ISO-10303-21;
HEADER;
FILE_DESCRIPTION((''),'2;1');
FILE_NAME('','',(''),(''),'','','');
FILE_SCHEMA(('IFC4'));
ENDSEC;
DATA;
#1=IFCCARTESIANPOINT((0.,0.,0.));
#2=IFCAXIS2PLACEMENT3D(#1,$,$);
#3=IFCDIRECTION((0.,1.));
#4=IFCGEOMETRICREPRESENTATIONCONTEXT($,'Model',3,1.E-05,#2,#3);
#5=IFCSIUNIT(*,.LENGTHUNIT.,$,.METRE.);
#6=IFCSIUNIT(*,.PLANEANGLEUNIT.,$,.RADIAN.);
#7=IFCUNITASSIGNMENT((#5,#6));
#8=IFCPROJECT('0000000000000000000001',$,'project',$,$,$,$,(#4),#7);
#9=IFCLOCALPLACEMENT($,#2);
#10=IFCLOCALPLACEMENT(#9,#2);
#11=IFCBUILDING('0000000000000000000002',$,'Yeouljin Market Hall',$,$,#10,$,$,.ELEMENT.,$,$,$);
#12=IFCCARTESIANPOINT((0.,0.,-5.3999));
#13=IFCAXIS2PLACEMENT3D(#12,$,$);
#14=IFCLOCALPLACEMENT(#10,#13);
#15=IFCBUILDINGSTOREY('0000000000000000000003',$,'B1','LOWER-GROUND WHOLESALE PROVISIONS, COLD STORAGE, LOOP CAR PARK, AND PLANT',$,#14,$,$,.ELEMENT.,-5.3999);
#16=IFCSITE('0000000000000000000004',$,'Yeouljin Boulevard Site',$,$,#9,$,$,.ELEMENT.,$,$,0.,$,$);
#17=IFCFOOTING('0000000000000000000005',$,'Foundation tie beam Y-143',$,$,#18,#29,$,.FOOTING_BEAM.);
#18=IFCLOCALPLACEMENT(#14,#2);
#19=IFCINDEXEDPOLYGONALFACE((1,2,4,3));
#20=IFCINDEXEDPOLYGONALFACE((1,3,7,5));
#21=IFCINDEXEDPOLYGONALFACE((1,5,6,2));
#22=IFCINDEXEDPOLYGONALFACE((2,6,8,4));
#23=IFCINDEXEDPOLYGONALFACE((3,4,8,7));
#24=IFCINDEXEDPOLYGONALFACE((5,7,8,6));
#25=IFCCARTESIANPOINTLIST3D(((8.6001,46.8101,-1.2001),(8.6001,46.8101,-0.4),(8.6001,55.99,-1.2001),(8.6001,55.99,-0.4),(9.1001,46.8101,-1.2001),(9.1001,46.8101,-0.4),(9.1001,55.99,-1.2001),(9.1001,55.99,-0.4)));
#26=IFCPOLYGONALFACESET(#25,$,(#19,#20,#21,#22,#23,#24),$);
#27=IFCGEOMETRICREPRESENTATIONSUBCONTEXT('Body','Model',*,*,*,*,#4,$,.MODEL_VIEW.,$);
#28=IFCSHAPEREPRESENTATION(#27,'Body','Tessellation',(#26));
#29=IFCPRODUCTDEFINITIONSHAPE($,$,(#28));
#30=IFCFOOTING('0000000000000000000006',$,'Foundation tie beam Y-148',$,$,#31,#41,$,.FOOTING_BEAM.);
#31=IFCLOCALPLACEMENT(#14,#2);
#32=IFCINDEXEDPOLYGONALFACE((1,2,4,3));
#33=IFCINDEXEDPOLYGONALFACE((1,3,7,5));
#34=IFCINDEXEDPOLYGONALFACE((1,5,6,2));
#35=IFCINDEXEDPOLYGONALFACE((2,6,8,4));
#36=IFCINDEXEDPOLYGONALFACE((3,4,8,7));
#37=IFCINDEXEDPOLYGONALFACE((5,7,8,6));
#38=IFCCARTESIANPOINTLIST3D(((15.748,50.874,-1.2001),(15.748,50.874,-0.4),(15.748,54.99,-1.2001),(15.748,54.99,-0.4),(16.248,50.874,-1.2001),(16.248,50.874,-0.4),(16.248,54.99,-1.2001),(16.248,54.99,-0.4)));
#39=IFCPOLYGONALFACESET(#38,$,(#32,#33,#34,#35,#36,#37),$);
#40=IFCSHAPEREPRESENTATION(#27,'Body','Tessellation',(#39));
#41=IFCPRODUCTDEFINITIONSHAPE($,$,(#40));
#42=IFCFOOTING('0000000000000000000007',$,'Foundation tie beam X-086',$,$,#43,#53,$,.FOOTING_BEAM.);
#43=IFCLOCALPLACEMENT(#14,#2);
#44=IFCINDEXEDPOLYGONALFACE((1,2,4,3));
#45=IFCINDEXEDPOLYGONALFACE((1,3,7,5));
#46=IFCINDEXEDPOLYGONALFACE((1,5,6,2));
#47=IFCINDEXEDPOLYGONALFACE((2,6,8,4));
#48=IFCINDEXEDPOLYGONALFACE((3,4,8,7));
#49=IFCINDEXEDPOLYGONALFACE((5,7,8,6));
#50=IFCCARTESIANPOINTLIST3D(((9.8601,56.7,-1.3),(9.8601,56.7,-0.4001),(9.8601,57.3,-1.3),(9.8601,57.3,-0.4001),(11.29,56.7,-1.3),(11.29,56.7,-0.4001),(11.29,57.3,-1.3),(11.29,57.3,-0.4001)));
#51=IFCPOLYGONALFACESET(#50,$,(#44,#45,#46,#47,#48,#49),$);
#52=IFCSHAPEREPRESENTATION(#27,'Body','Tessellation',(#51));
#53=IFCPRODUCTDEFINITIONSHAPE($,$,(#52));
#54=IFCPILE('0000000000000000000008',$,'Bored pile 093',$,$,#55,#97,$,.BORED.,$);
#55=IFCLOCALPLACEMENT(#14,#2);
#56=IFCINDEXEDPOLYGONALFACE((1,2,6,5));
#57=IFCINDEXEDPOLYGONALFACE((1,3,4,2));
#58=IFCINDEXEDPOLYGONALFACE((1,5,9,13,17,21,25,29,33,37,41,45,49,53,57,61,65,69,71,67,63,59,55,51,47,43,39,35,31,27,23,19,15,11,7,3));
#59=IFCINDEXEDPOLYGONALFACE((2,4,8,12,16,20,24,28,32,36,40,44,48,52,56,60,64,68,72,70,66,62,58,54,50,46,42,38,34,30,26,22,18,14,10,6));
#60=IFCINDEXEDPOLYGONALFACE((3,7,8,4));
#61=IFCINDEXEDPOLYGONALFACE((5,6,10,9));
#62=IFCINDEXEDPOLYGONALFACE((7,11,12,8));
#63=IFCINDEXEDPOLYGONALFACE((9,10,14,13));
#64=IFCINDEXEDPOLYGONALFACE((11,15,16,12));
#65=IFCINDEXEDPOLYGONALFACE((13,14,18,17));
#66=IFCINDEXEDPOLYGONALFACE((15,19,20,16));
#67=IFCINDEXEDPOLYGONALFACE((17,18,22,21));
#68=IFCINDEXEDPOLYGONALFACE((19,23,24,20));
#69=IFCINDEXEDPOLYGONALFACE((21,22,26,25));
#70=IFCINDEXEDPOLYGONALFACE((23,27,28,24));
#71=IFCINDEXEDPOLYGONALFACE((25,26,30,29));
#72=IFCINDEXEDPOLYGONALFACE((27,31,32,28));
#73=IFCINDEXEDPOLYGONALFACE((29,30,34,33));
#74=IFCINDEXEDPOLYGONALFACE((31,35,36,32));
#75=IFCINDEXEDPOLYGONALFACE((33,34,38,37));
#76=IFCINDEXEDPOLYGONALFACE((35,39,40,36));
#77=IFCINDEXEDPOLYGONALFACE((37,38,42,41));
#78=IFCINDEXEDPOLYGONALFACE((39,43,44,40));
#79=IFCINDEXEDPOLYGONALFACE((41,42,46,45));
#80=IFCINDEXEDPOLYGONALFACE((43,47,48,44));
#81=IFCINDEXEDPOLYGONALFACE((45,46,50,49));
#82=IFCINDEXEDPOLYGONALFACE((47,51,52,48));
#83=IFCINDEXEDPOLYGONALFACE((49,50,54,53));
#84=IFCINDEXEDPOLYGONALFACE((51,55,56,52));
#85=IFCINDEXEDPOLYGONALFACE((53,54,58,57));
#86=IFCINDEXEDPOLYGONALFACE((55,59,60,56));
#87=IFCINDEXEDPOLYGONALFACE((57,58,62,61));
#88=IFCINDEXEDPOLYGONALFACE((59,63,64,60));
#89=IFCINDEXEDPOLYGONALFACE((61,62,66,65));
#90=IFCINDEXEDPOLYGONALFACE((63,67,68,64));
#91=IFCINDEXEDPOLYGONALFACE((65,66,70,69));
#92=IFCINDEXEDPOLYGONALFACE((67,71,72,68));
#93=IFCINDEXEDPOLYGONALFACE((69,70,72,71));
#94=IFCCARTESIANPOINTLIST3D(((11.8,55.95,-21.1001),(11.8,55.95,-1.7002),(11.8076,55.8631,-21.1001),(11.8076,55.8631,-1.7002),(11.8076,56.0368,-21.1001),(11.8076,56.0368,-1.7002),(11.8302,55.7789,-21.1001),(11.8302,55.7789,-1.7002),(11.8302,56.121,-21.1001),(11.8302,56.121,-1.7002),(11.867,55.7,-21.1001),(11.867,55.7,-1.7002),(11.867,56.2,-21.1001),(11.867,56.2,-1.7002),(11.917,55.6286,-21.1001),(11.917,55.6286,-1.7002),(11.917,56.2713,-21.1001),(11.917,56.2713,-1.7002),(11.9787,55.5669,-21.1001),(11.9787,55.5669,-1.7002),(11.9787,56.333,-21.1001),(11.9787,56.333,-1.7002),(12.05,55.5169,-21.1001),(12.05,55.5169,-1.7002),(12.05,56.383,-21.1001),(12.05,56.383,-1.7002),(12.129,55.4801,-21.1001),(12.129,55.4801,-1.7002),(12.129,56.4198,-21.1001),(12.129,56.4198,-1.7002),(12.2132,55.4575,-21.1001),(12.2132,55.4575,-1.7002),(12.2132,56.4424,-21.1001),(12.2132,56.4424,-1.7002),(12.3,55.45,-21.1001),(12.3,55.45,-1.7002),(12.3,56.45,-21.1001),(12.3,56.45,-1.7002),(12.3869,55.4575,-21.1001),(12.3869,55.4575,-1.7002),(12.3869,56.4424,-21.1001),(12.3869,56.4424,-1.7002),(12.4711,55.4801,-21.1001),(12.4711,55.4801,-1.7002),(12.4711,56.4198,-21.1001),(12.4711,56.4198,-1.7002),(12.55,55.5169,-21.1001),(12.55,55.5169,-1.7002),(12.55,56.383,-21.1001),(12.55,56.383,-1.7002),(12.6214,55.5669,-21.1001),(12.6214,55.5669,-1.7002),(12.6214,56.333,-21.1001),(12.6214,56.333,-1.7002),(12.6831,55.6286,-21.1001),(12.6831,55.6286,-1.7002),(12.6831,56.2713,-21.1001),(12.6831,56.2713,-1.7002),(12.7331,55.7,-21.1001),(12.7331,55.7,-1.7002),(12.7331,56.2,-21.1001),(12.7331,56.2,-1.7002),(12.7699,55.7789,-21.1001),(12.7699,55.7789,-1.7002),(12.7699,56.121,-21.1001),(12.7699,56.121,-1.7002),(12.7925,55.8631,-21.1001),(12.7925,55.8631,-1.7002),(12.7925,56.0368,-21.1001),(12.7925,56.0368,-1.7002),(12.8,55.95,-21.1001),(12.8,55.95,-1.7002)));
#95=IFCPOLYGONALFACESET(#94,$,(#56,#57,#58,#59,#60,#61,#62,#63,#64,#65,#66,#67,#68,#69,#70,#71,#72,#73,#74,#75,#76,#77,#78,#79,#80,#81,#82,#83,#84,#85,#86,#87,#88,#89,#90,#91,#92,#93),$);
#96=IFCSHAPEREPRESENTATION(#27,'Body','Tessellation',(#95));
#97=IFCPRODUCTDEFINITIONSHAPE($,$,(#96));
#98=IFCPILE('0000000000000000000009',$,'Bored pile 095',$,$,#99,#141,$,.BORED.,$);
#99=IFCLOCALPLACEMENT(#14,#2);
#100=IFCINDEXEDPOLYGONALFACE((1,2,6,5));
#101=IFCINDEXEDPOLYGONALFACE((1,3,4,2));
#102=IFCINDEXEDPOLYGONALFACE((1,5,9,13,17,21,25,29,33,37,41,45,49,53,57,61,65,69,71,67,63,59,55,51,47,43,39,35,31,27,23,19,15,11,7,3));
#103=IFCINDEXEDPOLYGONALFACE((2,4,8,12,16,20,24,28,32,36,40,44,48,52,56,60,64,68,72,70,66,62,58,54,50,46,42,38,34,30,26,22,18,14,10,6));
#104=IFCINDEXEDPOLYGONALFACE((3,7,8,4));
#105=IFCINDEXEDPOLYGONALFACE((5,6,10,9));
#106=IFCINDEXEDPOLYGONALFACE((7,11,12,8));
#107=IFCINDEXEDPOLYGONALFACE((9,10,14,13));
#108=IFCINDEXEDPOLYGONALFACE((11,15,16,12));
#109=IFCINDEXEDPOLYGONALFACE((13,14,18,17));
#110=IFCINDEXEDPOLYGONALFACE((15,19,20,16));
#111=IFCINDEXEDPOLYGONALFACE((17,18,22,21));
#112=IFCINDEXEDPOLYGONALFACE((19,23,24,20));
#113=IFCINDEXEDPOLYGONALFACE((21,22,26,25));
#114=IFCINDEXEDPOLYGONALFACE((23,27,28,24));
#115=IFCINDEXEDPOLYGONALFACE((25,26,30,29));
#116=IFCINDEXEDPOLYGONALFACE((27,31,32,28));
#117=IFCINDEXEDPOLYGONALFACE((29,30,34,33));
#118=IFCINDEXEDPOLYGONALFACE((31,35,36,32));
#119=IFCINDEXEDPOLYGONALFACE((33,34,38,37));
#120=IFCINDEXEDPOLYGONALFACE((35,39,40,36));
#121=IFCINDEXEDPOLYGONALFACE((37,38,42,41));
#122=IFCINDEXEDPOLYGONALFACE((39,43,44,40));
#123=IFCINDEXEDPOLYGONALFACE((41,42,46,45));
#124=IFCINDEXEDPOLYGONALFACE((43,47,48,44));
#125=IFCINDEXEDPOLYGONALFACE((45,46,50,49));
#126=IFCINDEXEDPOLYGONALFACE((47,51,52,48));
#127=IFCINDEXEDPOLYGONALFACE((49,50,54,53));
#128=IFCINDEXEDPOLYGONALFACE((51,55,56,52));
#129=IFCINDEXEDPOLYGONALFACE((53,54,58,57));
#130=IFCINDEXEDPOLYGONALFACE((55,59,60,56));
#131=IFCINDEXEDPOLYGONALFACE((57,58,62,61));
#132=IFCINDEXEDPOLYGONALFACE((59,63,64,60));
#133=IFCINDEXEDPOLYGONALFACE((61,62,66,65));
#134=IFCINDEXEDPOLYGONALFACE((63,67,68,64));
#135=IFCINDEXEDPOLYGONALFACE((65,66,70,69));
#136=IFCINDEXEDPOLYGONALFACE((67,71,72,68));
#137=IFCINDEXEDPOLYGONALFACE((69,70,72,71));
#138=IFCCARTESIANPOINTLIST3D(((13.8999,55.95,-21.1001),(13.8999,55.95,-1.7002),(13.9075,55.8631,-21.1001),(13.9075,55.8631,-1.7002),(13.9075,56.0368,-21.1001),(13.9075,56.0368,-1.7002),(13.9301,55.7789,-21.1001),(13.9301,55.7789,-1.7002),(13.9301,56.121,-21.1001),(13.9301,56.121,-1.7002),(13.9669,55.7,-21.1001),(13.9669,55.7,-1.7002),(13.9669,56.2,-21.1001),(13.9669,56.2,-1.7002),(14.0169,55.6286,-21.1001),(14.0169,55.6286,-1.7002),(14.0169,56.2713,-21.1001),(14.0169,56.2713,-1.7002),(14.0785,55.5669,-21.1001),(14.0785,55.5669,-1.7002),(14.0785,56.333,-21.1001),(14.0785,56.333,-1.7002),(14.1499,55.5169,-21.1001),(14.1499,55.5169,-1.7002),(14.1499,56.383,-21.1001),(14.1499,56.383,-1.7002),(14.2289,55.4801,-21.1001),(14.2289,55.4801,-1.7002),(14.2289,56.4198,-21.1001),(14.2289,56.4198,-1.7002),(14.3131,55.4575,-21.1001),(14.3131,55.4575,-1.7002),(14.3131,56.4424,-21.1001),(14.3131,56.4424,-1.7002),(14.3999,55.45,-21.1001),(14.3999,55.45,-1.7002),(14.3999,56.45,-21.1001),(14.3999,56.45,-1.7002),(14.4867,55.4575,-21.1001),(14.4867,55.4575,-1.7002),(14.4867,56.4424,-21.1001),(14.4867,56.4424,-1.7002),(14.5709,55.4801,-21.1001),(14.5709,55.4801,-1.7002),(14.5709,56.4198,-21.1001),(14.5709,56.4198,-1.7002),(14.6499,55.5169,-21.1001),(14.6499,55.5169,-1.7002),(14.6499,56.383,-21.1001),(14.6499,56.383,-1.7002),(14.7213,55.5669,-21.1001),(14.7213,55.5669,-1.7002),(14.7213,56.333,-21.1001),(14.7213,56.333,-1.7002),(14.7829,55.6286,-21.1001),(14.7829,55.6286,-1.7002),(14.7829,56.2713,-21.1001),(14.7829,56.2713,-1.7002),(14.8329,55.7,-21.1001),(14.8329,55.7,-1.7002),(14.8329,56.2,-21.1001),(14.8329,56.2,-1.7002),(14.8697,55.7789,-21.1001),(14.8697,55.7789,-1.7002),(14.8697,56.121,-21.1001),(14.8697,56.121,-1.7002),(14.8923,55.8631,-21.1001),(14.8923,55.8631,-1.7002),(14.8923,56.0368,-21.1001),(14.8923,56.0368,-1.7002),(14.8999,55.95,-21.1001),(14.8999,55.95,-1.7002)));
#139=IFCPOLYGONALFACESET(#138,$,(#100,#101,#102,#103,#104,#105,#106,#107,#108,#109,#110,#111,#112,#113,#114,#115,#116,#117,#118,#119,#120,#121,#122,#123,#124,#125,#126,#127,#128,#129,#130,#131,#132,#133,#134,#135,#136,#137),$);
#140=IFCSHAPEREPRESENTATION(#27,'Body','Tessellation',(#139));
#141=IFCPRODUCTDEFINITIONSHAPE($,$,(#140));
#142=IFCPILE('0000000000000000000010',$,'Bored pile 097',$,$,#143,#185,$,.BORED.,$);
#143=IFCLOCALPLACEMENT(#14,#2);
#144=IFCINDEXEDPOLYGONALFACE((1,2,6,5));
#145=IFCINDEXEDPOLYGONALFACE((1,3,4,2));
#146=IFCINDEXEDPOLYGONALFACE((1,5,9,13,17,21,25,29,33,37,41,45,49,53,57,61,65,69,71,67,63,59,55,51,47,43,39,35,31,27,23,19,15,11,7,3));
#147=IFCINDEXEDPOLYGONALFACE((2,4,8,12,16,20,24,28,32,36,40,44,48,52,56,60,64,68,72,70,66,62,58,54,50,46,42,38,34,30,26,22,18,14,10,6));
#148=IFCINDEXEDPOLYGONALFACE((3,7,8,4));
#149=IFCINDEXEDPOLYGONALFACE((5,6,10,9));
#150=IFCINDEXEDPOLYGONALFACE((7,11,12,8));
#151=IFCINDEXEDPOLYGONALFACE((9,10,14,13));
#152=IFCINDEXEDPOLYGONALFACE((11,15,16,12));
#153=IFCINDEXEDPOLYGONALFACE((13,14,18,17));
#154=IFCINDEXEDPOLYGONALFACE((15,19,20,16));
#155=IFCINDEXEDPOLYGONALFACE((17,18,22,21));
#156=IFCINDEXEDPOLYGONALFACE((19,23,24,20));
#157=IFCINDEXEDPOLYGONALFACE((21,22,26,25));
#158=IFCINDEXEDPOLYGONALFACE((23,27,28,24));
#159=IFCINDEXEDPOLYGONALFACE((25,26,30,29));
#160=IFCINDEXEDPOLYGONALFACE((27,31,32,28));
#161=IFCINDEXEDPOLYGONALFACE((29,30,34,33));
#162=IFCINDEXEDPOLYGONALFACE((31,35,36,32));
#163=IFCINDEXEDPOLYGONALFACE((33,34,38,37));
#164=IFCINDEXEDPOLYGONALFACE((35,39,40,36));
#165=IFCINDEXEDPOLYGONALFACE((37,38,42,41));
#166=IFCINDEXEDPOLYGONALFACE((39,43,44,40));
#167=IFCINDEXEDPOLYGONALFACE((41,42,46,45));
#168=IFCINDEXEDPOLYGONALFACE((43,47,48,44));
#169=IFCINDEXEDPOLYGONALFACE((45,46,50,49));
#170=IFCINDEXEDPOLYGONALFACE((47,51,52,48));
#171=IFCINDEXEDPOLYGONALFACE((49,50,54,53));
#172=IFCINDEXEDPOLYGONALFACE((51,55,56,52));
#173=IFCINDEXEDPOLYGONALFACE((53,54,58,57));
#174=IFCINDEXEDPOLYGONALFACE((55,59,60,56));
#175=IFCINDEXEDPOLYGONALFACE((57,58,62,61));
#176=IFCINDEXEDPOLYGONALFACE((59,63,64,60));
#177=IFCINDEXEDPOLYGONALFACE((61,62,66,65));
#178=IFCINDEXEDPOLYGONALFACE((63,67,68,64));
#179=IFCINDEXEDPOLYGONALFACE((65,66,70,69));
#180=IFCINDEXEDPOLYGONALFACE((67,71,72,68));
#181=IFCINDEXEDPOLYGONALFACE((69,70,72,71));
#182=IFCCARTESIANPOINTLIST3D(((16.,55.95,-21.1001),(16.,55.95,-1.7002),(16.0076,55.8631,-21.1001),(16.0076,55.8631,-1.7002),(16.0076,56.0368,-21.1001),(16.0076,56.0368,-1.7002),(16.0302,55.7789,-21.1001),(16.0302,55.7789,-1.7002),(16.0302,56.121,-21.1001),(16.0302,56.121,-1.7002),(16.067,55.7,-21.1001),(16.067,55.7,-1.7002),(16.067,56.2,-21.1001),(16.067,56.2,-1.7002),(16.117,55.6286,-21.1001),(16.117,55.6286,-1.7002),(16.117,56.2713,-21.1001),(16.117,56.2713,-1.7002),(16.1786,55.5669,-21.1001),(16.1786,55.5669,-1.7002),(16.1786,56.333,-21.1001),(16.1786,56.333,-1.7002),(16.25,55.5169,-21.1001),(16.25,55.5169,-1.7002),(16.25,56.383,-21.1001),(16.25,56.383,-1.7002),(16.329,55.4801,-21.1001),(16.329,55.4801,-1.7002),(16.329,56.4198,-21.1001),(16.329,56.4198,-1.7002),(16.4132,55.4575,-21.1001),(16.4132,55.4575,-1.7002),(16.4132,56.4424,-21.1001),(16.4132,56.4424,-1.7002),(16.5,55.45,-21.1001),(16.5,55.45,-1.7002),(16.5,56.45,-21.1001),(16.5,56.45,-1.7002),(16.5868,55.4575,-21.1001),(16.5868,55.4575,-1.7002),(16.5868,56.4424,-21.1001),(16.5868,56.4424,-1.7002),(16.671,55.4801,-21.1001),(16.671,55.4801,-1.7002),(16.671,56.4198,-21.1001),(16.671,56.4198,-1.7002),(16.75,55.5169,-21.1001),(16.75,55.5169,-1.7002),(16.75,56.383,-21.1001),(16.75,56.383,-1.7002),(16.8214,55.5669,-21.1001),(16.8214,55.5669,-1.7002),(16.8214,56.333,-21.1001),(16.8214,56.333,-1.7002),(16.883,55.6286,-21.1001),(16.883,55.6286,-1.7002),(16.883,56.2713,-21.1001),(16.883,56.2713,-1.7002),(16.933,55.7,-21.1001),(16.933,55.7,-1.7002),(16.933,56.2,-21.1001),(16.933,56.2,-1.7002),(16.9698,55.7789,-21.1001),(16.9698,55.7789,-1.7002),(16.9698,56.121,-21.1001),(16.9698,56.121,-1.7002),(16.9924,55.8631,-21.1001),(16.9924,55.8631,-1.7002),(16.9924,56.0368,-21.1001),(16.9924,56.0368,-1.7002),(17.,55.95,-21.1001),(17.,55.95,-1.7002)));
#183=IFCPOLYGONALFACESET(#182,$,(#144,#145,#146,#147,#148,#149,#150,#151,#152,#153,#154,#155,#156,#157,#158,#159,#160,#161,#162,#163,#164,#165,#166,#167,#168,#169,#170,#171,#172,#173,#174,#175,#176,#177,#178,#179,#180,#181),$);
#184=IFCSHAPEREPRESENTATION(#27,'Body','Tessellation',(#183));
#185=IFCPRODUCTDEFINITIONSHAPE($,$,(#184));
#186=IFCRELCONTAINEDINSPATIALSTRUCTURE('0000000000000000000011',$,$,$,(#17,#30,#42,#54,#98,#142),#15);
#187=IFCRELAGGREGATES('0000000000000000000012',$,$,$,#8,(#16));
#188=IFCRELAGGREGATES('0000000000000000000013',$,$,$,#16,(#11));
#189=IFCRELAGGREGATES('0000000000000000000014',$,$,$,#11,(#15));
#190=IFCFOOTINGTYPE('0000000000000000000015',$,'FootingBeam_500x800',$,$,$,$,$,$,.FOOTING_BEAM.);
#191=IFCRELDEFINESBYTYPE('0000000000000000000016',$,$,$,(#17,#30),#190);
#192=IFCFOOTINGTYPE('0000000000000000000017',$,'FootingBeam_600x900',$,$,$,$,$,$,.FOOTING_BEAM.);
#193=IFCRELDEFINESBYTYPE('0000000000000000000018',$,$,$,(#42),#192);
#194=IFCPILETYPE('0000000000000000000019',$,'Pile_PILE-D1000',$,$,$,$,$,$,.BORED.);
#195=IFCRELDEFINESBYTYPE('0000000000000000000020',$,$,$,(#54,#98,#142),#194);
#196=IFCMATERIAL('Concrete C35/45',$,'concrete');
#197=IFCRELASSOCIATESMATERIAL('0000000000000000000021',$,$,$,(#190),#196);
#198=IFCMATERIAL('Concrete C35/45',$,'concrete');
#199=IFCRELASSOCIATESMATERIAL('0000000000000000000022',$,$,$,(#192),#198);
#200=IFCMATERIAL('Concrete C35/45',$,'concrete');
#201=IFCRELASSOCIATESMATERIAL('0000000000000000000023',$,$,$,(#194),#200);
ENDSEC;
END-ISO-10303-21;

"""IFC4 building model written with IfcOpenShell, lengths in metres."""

from ifc_helpers import new_model, si_unit, direction, frame, origin, origin_2d, place, context, subcontext, project, spatial, rectangle, circle, extrude, material, material_profile, profile_set, type_object, element, save


model = new_model("IFC4")

# Units and contexts
model_context = context("Model", 3, precision=1e-05, world=origin(), true_north=direction((0.0, 1.0)))
body_context = subcontext(model_context, "Body", "Model", "MODEL_VIEW")
ifc_project = project(units=[si_unit("LENGTHUNIT", "METRE"), si_unit("PLANEANGLEUNIT", "RADIAN")], contexts=[model_context])

# Site, building, storey
site_placement = place(None, origin())
site = spatial("IfcSite", under=ifc_project, at=site_placement, Name="Yeouljin Boulevard Site", CompositionType="ELEMENT", RefElevation=0.0)
building_placement = place(site_placement, origin())
building = spatial("IfcBuilding", under=site, at=building_placement, Name="Yeouljin Market Hall", CompositionType="ELEMENT")
storey_placement = place(building_placement, frame((0.0, 0.0, -5.3999)))
storey = spatial("IfcBuildingStorey", under=building, at=storey_placement, Name="B1", Description="LOWER-GROUND WHOLESALE PROVISIONS, COLD STORAGE, LOOP CAR PARK, AND PLANT", CompositionType="ELEMENT", Elevation=-5.3999)

# Footings
ifc_material_1 = material(Name="Concrete C35/45", Category="concrete")
ifc_material_profile_1 = material_profile(ifc_material_1, rectangle(XDim=0.5, YDim=0.8, at=origin_2d()), Name="RC-500x800")
ifc_profile_set_1 = profile_set([ifc_material_profile_1], Name="Concrete C35/45")
footing_type_1 = type_object("IfcFootingType", Name="FootingBeam_500x800", PredefinedType="FOOTING_BEAM", material=ifc_profile_set_1)
footing_1_placement = place(storey_placement, frame((8.8501, 46.8101, -0.8), z_axis=(0.0, 1.0, 0.0), x_axis=(-1.0, 0.0, 0.0)))
element("IfcFooting", 1, at=footing_1_placement, inside=storey, type_object=footing_type_1, Name="Foundation tie beam Y-143", PredefinedType="FOOTING_BEAM", context=body_context, shape_type="SweptSolid", body=[
    extrude(rectangle(XDim=0.5, YDim=0.8, at=origin_2d()), origin(), (0.0, 0.0, 1.0), 9.1799),
])
footing_2_placement = place(storey_placement, frame((15.998, 50.874, -0.8), z_axis=(0.0, 1.0, 0.0), x_axis=(-1.0, 0.0, 0.0)))
element("IfcFooting", 2, at=footing_2_placement, inside=storey, type_object=footing_type_1, Name="Foundation tie beam Y-148", PredefinedType="FOOTING_BEAM", context=body_context, shape_type="SweptSolid", body=[
    extrude(rectangle(XDim=0.5, YDim=0.8, at=origin_2d()), origin(), (0.0, 0.0, 1.0), 4.116),
])
ifc_material_2 = material(Name="Concrete C35/45", Category="concrete")
ifc_material_profile_2 = material_profile(ifc_material_2, rectangle(XDim=0.6001, YDim=0.8999, at=origin_2d()), Name="RC-600x900")
ifc_profile_set_2 = profile_set([ifc_material_profile_2], Name="Concrete C35/45")
footing_type_2 = type_object("IfcFootingType", Name="FootingBeam_600x900", PredefinedType="FOOTING_BEAM", material=ifc_profile_set_2)
footing_3_placement = place(storey_placement, frame((9.8601, 57.0, -0.8501), z_axis=(1.0, 0.0, 0.0), x_axis=(0.0, 1.0, 0.0)))
element("IfcFooting", 3, at=footing_3_placement, inside=storey, type_object=footing_type_2, Name="Foundation tie beam X-086", PredefinedType="FOOTING_BEAM", context=body_context, shape_type="SweptSolid", body=[
    extrude(rectangle(XDim=0.6001, YDim=0.8999, at=origin_2d()), origin(), (0.0, 0.0, 1.0), 1.4299),
])

# Piles
ifc_material_3 = material(Name="Concrete C35/45", Category="concrete")
ifc_material_profile_3 = material_profile(ifc_material_3, circle(Radius=0.5, at=origin_2d()), Name="PILE-D1000")
ifc_profile_set_3 = profile_set([ifc_material_profile_3], Name="Concrete C35/45")
pile_type_1 = type_object("IfcPileType", Name="Pile_PILE-D1000", PredefinedType="BORED", material=ifc_profile_set_3)
for number, where, z_axis, x_axis, name in (
    (4, (12.3, 55.95, -1.7002), (0.0, 0.0, -1.0), (1.0, 0.0, 0.0), "Bored pile 093"),
    (5, (14.3999, 55.95, -1.7002), (0.0, 0.0, -1.0), (1.0, 0.0, 0.0), "Bored pile 095"),
    (6, (16.5, 55.95, -1.7002), (0.0, 0.0, -1.0), (1.0, 0.0, 0.0), "Bored pile 097"),
):
    element("IfcPile", number, at=place(storey_placement, frame(where, z_axis=z_axis, x_axis=x_axis)), inside=storey, type_object=pile_type_1, Name=name, PredefinedType="BORED", context=body_context, shape_type="SweptSolid", body=[
        extrude(circle(Radius=0.5, at=origin_2d()), origin(), (0.0, 0.0, 1.0), 19.3999),
    ])

save(model, "model.ifc")
